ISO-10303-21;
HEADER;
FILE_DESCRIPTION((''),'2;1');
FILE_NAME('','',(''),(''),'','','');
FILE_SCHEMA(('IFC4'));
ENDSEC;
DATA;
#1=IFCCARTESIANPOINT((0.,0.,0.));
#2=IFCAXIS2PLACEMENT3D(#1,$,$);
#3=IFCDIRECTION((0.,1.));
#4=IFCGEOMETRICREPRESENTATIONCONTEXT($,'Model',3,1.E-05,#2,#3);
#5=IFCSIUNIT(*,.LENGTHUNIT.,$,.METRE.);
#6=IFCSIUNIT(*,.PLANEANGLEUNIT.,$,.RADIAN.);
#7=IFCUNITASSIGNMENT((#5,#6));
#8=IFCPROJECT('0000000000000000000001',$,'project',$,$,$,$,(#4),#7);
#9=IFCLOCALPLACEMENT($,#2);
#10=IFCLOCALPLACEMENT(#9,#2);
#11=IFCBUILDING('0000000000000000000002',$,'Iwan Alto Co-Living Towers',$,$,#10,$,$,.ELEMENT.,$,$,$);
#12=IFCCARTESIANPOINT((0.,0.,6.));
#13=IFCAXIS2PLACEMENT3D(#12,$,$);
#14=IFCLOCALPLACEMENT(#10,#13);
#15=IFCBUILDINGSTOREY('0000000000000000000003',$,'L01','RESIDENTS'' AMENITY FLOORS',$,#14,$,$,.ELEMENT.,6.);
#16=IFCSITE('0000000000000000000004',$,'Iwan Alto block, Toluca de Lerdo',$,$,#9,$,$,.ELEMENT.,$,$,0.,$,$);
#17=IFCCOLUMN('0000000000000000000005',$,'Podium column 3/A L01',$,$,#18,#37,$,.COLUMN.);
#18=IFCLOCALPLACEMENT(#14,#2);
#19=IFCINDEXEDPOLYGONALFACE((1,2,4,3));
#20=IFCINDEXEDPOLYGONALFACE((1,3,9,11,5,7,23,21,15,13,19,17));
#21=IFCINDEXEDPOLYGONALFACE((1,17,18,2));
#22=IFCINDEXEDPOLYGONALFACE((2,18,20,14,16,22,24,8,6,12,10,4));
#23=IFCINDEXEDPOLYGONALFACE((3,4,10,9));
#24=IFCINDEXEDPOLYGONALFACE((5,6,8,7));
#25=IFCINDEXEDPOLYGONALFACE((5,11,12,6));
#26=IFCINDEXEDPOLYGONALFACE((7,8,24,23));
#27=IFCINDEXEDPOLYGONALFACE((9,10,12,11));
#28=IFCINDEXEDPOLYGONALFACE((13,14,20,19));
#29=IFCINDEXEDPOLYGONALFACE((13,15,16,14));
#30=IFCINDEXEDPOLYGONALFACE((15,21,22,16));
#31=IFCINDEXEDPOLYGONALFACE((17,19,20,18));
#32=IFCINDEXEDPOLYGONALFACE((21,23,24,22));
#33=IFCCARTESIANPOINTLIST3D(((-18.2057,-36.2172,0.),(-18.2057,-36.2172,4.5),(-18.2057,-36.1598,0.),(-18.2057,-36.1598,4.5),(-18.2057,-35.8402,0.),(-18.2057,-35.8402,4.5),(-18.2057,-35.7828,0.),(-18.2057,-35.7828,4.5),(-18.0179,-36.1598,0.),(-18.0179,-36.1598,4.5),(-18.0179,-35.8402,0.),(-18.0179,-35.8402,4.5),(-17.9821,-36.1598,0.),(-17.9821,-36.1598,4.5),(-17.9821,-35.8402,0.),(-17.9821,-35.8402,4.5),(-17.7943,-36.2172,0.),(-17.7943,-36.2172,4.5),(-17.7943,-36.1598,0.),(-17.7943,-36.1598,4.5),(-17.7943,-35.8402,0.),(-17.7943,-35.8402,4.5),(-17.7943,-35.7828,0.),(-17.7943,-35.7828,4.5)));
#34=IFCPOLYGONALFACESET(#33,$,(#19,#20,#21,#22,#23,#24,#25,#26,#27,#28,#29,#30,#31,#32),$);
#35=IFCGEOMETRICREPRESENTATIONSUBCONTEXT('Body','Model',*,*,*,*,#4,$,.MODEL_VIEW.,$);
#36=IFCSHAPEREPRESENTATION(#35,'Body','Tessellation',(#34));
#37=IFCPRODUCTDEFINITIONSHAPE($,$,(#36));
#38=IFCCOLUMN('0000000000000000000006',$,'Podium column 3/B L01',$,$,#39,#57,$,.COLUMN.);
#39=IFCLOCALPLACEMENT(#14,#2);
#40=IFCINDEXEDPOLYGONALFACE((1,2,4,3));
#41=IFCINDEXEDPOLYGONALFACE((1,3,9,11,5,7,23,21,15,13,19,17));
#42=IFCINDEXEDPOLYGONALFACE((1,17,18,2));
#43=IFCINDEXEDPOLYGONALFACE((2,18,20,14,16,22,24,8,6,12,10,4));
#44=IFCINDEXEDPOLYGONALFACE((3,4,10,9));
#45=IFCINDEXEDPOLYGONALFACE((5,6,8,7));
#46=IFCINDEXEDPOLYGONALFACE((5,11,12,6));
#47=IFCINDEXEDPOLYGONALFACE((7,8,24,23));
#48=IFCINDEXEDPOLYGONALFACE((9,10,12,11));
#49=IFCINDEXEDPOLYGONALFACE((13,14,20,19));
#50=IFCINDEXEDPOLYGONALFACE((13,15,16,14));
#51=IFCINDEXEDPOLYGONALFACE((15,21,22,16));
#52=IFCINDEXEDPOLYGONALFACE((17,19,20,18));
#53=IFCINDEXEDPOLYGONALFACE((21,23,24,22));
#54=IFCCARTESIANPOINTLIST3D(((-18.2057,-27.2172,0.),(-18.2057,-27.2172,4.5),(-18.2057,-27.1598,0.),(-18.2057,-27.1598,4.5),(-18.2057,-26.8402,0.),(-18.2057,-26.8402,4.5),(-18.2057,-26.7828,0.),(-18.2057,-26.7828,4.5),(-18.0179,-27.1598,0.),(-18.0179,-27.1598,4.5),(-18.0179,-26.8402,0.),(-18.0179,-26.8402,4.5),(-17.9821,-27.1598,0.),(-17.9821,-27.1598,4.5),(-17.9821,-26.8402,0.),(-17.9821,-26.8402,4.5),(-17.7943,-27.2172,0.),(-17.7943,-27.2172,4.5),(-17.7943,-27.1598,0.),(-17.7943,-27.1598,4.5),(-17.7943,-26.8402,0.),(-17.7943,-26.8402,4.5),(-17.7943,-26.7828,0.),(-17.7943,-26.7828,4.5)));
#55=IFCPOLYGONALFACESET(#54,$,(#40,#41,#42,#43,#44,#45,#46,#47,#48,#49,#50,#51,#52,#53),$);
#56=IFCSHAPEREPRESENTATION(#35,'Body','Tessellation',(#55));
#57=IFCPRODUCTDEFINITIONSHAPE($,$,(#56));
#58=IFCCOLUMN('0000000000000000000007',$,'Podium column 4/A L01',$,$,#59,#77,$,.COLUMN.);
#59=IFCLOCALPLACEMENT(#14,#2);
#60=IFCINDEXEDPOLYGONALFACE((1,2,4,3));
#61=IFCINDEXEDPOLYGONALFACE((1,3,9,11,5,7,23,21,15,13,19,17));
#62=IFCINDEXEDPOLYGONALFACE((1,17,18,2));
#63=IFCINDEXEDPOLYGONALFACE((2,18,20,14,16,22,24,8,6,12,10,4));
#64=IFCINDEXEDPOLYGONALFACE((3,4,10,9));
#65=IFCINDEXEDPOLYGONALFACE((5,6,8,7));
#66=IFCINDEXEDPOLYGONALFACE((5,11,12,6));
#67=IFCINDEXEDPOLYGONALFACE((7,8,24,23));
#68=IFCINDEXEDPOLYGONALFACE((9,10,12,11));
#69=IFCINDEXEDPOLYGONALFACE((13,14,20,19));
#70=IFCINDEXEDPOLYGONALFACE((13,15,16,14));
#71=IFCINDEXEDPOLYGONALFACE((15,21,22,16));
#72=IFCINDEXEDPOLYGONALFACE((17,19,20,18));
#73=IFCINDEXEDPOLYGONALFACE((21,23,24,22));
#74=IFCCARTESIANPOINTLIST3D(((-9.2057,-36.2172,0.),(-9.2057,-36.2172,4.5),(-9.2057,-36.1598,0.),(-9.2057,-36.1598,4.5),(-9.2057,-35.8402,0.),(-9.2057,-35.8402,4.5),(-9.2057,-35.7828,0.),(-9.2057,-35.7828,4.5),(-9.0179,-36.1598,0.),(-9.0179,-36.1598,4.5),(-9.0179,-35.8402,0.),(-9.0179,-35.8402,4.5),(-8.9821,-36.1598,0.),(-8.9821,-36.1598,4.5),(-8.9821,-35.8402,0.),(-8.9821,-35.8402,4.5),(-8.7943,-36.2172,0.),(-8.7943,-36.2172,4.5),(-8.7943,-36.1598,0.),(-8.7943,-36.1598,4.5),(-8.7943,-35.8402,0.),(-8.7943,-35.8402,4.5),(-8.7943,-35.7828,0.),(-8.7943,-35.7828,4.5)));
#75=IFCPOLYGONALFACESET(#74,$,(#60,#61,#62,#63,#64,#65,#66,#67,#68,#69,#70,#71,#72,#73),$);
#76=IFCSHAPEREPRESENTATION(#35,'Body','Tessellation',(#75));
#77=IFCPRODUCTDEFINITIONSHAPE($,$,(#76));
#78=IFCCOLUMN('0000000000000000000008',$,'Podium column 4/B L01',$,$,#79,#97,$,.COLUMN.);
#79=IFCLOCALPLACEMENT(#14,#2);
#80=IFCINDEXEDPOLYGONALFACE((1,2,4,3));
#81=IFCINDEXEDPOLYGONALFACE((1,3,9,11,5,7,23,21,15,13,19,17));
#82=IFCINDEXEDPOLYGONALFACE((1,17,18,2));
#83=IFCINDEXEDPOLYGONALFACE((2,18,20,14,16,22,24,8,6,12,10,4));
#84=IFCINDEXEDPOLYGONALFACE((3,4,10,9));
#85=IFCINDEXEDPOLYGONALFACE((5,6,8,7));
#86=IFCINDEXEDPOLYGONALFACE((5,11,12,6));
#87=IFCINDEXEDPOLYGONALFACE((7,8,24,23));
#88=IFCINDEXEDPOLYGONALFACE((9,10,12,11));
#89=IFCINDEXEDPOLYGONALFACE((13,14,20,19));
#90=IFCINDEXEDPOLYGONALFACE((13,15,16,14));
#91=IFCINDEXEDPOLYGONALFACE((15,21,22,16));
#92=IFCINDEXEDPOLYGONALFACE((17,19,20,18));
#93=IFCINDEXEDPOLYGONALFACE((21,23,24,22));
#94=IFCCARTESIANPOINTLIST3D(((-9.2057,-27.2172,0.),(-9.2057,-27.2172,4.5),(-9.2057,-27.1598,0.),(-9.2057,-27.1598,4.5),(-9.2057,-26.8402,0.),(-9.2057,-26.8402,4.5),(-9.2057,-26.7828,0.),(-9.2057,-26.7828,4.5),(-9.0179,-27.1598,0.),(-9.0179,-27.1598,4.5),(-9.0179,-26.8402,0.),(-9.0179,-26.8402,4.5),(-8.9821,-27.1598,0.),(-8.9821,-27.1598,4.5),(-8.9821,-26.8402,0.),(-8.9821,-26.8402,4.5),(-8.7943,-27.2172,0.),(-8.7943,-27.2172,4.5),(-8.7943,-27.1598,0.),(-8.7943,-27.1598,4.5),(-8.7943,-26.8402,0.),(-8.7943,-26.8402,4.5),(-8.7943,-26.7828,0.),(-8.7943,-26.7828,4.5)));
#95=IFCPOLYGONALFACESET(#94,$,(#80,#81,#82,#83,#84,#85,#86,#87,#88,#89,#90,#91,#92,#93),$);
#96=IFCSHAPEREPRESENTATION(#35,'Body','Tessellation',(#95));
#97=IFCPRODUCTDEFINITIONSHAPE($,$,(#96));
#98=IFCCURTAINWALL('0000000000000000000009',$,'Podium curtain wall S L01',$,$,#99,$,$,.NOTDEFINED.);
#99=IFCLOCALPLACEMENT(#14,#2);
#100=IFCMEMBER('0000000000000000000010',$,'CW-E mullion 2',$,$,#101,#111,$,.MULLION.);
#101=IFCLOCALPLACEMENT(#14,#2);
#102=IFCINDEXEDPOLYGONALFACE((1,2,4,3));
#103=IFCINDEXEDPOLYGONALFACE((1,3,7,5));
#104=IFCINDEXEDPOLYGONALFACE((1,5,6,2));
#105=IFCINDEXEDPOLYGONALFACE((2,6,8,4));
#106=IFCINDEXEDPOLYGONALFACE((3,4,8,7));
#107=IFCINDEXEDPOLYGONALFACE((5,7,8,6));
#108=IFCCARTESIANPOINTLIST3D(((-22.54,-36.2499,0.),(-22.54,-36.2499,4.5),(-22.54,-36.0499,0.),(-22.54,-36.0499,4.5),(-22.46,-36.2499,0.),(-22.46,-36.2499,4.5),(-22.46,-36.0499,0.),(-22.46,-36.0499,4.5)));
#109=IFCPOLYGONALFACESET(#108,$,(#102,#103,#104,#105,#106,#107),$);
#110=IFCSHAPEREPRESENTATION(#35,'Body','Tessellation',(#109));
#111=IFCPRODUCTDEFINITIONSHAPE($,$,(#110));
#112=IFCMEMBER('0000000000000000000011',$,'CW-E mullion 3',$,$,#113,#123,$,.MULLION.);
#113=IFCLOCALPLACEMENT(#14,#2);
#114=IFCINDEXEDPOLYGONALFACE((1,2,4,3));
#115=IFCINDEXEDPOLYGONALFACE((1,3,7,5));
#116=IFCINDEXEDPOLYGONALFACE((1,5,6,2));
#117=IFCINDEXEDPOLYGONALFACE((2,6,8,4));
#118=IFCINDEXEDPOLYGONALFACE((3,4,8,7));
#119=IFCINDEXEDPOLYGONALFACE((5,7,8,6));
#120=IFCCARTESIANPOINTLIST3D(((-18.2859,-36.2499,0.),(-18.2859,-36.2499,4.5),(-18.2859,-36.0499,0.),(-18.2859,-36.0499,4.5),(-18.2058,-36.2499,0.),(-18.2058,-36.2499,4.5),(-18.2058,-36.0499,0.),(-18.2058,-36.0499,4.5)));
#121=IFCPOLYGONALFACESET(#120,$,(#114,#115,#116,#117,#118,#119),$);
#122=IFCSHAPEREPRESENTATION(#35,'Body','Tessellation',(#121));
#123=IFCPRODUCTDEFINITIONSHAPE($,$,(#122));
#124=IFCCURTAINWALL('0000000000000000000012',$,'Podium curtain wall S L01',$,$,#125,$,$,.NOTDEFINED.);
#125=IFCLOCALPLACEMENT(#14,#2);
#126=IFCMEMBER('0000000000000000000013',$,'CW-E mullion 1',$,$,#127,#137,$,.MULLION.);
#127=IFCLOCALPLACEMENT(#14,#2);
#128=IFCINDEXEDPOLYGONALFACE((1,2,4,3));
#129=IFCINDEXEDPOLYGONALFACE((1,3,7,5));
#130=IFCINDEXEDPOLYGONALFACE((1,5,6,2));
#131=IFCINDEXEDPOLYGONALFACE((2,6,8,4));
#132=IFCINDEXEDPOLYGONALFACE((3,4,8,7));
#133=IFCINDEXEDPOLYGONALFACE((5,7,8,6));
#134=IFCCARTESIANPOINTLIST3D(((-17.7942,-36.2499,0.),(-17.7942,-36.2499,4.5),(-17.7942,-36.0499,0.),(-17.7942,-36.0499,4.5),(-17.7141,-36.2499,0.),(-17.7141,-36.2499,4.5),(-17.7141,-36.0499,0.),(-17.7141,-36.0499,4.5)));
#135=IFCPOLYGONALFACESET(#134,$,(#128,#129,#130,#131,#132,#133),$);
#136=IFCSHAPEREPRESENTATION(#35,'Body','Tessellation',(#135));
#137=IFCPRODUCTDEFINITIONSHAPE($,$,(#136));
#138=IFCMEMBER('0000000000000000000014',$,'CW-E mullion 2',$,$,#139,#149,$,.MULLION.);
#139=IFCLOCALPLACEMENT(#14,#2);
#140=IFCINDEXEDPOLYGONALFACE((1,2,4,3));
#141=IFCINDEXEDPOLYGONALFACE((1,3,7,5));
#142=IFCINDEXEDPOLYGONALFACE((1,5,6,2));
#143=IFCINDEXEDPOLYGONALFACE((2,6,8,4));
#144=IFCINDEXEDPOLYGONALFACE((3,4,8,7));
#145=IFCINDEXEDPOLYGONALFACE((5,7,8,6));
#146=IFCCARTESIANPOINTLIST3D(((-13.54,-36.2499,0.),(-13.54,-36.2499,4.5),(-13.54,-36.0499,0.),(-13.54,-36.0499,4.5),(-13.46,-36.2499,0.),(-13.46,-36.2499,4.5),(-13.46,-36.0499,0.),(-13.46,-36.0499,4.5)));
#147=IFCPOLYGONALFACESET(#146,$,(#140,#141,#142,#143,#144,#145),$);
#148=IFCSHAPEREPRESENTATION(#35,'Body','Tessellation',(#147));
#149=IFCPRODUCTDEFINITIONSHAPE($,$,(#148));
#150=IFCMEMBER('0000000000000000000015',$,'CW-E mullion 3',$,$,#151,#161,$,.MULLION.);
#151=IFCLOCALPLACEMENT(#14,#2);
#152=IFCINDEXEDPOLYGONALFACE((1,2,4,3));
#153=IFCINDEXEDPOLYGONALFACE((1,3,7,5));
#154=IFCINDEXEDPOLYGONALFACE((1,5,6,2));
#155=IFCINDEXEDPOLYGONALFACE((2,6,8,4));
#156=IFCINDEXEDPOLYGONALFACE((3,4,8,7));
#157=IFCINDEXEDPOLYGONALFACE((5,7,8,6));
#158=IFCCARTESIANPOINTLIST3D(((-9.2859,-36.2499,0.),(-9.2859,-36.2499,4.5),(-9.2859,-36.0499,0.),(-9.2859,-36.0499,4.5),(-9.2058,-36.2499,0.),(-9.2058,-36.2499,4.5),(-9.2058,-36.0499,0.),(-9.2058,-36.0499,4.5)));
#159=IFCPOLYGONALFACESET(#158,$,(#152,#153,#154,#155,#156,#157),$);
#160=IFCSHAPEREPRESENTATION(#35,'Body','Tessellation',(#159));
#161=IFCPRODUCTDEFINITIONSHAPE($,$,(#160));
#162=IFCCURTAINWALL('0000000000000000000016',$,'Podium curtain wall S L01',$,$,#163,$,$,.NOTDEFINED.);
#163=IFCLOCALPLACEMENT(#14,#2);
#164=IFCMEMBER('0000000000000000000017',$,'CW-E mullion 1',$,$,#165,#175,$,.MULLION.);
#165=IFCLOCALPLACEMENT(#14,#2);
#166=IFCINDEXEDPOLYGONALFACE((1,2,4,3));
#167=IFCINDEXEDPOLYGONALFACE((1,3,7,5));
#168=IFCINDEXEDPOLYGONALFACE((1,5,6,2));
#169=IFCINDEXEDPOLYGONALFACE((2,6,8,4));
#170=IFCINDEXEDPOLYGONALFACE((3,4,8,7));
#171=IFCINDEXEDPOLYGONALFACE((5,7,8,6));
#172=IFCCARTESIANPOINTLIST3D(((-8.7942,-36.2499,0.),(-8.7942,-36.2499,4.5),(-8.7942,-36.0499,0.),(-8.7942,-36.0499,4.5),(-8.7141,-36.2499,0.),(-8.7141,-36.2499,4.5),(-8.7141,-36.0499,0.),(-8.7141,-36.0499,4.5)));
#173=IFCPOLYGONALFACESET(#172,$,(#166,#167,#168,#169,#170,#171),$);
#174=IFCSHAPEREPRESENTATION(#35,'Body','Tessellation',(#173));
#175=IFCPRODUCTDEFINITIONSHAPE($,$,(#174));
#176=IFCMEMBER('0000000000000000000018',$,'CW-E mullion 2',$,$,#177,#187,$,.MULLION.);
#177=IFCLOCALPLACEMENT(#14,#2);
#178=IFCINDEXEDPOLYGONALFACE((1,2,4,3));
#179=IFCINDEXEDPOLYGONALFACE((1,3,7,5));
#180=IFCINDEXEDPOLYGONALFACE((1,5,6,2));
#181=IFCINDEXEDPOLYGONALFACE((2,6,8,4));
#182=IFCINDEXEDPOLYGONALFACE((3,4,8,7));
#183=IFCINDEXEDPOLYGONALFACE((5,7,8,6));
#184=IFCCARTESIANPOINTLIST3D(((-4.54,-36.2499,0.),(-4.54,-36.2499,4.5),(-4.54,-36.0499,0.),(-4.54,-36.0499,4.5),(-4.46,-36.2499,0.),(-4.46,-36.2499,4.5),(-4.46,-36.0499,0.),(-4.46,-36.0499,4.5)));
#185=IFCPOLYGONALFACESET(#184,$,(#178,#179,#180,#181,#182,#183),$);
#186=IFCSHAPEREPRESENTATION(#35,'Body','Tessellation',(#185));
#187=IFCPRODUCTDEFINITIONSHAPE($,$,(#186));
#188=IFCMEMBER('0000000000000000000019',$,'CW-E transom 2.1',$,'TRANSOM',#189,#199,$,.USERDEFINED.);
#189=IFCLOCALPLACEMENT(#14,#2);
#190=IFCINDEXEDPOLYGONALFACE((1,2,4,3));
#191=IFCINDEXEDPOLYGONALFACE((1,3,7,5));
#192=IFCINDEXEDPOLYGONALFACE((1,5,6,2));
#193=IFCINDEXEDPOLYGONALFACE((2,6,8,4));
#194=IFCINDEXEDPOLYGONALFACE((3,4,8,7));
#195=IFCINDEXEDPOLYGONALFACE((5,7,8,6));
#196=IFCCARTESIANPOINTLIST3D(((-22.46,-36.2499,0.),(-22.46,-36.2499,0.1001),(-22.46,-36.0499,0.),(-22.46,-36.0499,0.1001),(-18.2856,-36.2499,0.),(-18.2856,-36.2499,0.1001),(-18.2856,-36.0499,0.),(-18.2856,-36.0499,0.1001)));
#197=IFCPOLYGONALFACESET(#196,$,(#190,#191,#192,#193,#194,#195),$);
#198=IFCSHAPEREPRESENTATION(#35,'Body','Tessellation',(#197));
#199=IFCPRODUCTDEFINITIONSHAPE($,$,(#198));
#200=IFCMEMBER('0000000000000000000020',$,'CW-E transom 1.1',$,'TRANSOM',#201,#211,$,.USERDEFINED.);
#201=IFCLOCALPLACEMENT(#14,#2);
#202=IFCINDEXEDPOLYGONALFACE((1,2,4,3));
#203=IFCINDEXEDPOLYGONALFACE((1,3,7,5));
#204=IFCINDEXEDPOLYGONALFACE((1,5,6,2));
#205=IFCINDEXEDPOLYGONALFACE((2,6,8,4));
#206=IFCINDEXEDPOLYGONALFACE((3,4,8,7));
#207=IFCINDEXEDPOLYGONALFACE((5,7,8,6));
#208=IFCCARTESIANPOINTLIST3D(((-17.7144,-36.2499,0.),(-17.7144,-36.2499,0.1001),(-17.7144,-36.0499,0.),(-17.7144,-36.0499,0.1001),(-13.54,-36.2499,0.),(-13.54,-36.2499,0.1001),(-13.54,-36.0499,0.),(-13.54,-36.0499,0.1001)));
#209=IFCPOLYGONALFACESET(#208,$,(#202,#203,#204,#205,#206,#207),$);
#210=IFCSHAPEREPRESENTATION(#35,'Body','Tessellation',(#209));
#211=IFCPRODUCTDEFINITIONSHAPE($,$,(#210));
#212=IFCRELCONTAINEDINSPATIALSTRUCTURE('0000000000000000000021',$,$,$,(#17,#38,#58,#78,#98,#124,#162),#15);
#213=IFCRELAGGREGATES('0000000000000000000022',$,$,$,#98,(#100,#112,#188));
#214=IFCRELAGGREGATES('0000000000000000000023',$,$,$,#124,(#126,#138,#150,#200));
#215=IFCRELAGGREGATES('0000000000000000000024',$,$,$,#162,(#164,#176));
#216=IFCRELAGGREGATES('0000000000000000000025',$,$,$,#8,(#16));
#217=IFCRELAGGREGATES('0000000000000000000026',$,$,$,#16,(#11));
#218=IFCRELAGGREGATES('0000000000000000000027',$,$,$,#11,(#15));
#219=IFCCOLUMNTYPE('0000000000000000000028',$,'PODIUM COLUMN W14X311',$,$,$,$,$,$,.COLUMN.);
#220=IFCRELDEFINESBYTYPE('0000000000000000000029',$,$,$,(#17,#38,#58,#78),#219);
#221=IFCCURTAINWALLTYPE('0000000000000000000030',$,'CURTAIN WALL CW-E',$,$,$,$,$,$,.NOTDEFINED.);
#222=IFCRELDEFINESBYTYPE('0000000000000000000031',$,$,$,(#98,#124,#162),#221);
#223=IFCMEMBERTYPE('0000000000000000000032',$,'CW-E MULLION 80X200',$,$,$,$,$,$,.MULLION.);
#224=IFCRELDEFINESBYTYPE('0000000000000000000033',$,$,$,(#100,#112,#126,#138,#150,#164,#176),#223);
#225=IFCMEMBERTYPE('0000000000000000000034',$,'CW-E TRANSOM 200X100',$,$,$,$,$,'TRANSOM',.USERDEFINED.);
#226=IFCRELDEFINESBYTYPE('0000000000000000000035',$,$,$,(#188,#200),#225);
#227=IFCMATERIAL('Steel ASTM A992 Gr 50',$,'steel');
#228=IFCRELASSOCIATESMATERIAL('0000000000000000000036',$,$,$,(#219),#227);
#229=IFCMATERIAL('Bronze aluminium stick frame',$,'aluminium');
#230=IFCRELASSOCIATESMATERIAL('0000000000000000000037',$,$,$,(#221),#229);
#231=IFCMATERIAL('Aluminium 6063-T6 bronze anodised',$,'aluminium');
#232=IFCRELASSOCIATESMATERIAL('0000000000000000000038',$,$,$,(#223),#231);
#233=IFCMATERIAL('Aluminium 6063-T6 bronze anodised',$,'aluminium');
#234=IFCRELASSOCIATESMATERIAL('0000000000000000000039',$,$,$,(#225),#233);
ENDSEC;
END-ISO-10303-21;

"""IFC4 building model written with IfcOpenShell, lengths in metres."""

from ifc_helpers import new_model, si_unit, direction, frame, origin, origin_2d, place, context, subcontext, project, spatial, rectangle, i_section, extrude, material, material_profile, profile_set, type_object, element, aggregate, save


model = new_model("IFC4")

# Units and contexts
model_context = context("Model", 3, precision=1e-05, world=origin(), true_north=direction((0.0, 1.0)))
body_context = subcontext(model_context, "Body", "Model", "MODEL_VIEW")
ifc_project = project(units=[si_unit("LENGTHUNIT", "METRE"), si_unit("PLANEANGLEUNIT", "RADIAN")], contexts=[model_context])

# Site, building, storey
site_placement = place(None, origin())
site = spatial("IfcSite", under=ifc_project, at=site_placement, Name="Iwan Alto block, Toluca de Lerdo", CompositionType="ELEMENT", RefElevation=0.0)
building_placement = place(site_placement, origin())
building = spatial("IfcBuilding", under=site, at=building_placement, Name="Iwan Alto Co-Living Towers", CompositionType="ELEMENT")
storey_placement = place(building_placement, frame((0.0, 0.0, 6.0)))
storey = spatial("IfcBuildingStorey", under=building, at=storey_placement, Name="L01", Description="RESIDENTS' AMENITY FLOORS", CompositionType="ELEMENT", Elevation=6.0)

# Columns
ifc_material_1 = material(Name="Steel ASTM A992 Gr 50", Category="steel")
ifc_material_profile_1 = material_profile(ifc_material_1, i_section(OverallWidth=0.4114, OverallDepth=0.4343, WebThickness=0.0359, FlangeThickness=0.0574, at=origin_2d()), Name="W14X311")
ifc_profile_set_1 = profile_set([ifc_material_profile_1], Name="Steel ASTM A992 Gr 50")
column_type = type_object("IfcColumnType", Name="PODIUM COLUMN W14X311", PredefinedType="COLUMN", material=ifc_profile_set_1)
for number, where, z_axis, x_axis, name in (
    (1, (-18.0, -36.0, 0.0), (0.0, 0.0, 1.0), (1.0, 0.0, 0.0), "Podium column 3/A L01"),
    (2, (-18.0, -27.0, 0.0), (0.0, 0.0, 1.0), (1.0, 0.0, 0.0), "Podium column 3/B L01"),
    (3, (-9.0, -36.0, 0.0), (0.0, 0.0, 1.0), (1.0, 0.0, 0.0), "Podium column 4/A L01"),
    (4, (-9.0, -27.0, 0.0), (0.0, 0.0, 1.0), (1.0, 0.0, 0.0), "Podium column 4/B L01"),
):
    element("IfcColumn", number, at=place(storey_placement, frame(where, z_axis=z_axis, x_axis=x_axis)), inside=storey, type_object=column_type, Name=name, PredefinedType="COLUMN", context=body_context, shape_type="SweptSolid", body=[
        extrude(i_section(OverallWidth=0.4114, OverallDepth=0.4343, WebThickness=0.0359, FlangeThickness=0.0574, at=origin_2d()), origin(), (0.0, 0.0, 1.0), 4.5),
    ])

# Curtain walls, members
ifc_material_2 = material(Name="Bronze aluminium stick frame", Category="aluminium")
curtain_wall_type = type_object("IfcCurtainWallType", Name="CURTAIN WALL CW-E", PredefinedType="NOTDEFINED", material=ifc_material_2)
curtain_wall_1_placement = place(storey_placement, origin())
curtain_wall_1 = element("IfcCurtainWall", 5, at=curtain_wall_1_placement, inside=storey, type_object=curtain_wall_type, Name="Podium curtain wall S L01", PredefinedType="NOTDEFINED")
ifc_material_3 = material(Name="Aluminium 6063-T6 bronze anodised", Category="aluminium")
ifc_material_profile_2 = material_profile(ifc_material_3, rectangle(XDim=0.2, YDim=0.0801, at=origin_2d()), Name="AL 80X200")
ifc_profile_set_2 = profile_set([ifc_material_profile_2], Name="Aluminium 6063-T6 bronze anodised")
member_type_1 = type_object("IfcMemberType", Name="CW-E MULLION 80X200", PredefinedType="MULLION", material=ifc_profile_set_2)
member_1_placement = place(storey_placement, frame((-22.5, -36.1499, 0.0), z_axis=(0.0, 0.0, 1.0), x_axis=(0.0, 1.0, 0.0)))
member_1 = element("IfcMember", 6, at=member_1_placement, type_object=member_type_1, Name="CW-E mullion 2", PredefinedType="MULLION", context=body_context, shape_type="SweptSolid", body=[
    extrude(rectangle(XDim=0.2, YDim=0.0801, at=origin_2d()), origin(), (0.0, 0.0, 1.0), 4.5),
])
member_2_placement = place(storey_placement, frame((-18.2458, -36.1499, 0.0), z_axis=(0.0, 0.0, 1.0), x_axis=(0.0, 1.0, 0.0)))
member_2 = element("IfcMember", 7, at=member_2_placement, type_object=member_type_1, Name="CW-E mullion 3", PredefinedType="MULLION", context=body_context, shape_type="SweptSolid", body=[
    extrude(rectangle(XDim=0.2, YDim=0.0801, at=origin_2d()), origin(), (0.0, 0.0, 1.0), 4.5),
])
curtain_wall_2_placement = place(storey_placement, origin())
curtain_wall_2 = element("IfcCurtainWall", 8, at=curtain_wall_2_placement, inside=storey, type_object=curtain_wall_type, Name="Podium curtain wall S L01", PredefinedType="NOTDEFINED")
member_3_placement = place(storey_placement, frame((-17.7542, -36.1499, 0.0), z_axis=(0.0, 0.0, 1.0), x_axis=(0.0, 1.0, 0.0)))
member_3 = element("IfcMember", 9, at=member_3_placement, type_object=member_type_1, Name="CW-E mullion 1", PredefinedType="MULLION", context=body_context, shape_type="SweptSolid", body=[
    extrude(rectangle(XDim=0.2, YDim=0.0801, at=origin_2d()), origin(), (0.0, 0.0, 1.0), 4.5),
])
member_4_placement = place(storey_placement, frame((-13.5, -36.1499, 0.0), z_axis=(0.0, 0.0, 1.0), x_axis=(0.0, 1.0, 0.0)))
member_4 = element("IfcMember", 10, at=member_4_placement, type_object=member_type_1, Name="CW-E mullion 2", PredefinedType="MULLION", context=body_context, shape_type="SweptSolid", body=[
    extrude(rectangle(XDim=0.2, YDim=0.0801, at=origin_2d()), origin(), (0.0, 0.0, 1.0), 4.5),
])
member_5_placement = place(storey_placement, frame((-9.2458, -36.1499, 0.0), z_axis=(0.0, 0.0, 1.0), x_axis=(0.0, 1.0, 0.0)))
member_5 = element("IfcMember", 11, at=member_5_placement, type_object=member_type_1, Name="CW-E mullion 3", PredefinedType="MULLION", context=body_context, shape_type="SweptSolid", body=[
    extrude(rectangle(XDim=0.2, YDim=0.0801, at=origin_2d()), origin(), (0.0, 0.0, 1.0), 4.5),
])
curtain_wall_3_placement = place(storey_placement, origin())
curtain_wall_3 = element("IfcCurtainWall", 12, at=curtain_wall_3_placement, inside=storey, type_object=curtain_wall_type, Name="Podium curtain wall S L01", PredefinedType="NOTDEFINED")
member_6_placement = place(storey_placement, frame((-8.7542, -36.1499, 0.0), z_axis=(0.0, 0.0, 1.0), x_axis=(0.0, 1.0, 0.0)))
member_6 = element("IfcMember", 13, at=member_6_placement, type_object=member_type_1, Name="CW-E mullion 1", PredefinedType="MULLION", context=body_context, shape_type="SweptSolid", body=[
    extrude(rectangle(XDim=0.2, YDim=0.0801, at=origin_2d()), origin(), (0.0, 0.0, 1.0), 4.5),
])
member_7_placement = place(storey_placement, frame((-4.5, -36.1499, 0.0), z_axis=(0.0, 0.0, 1.0), x_axis=(0.0, 1.0, 0.0)))
member_7 = element("IfcMember", 14, at=member_7_placement, type_object=member_type_1, Name="CW-E mullion 2", PredefinedType="MULLION", context=body_context, shape_type="SweptSolid", body=[
    extrude(rectangle(XDim=0.2, YDim=0.0801, at=origin_2d()), origin(), (0.0, 0.0, 1.0), 4.5),
])

# Members
ifc_material_4 = material(Name="Aluminium 6063-T6 bronze anodised", Category="aluminium")
ifc_material_profile_3 = material_profile(ifc_material_4, rectangle(XDim=0.2, YDim=0.1001, at=origin_2d()), Name="AL 200X100")
ifc_profile_set_3 = profile_set([ifc_material_profile_3], Name="Aluminium 6063-T6 bronze anodised")
member_type_2 = type_object("IfcMemberType", Name="CW-E TRANSOM 200X100", ElementType="TRANSOM", PredefinedType="USERDEFINED", material=ifc_profile_set_3)
member_8_placement = place(storey_placement, frame((-22.46, -36.1499, 0.05), z_axis=(1.0, 0.0, 0.0), x_axis=(0.0, 1.0, 0.0)))
member_8 = element("IfcMember", 15, at=member_8_placement, type_object=member_type_2, Name="CW-E transom 2.1", ObjectType="TRANSOM", PredefinedType="USERDEFINED", context=body_context, shape_type="SweptSolid", body=[
    extrude(rectangle(XDim=0.2, YDim=0.1001, at=origin_2d()), origin(), (0.0, 0.0, 1.0), 4.1743),
])
member_9_placement = place(storey_placement, frame((-17.7144, -36.1499, 0.05), z_axis=(1.0, 0.0, 0.0), x_axis=(0.0, 1.0, 0.0)))
member_9 = element("IfcMember", 16, at=member_9_placement, type_object=member_type_2, Name="CW-E transom 1.1", ObjectType="TRANSOM", PredefinedType="USERDEFINED", context=body_context, shape_type="SweptSolid", body=[
    extrude(rectangle(XDim=0.2, YDim=0.1001, at=origin_2d()), origin(), (0.0, 0.0, 1.0), 4.1743),
])

aggregate(curtain_wall_1, [member_1, member_2, member_8])
aggregate(curtain_wall_2, [member_3, member_4, member_5, member_9])
aggregate(curtain_wall_3, [member_6, member_7])

save(model, "model.ifc")
